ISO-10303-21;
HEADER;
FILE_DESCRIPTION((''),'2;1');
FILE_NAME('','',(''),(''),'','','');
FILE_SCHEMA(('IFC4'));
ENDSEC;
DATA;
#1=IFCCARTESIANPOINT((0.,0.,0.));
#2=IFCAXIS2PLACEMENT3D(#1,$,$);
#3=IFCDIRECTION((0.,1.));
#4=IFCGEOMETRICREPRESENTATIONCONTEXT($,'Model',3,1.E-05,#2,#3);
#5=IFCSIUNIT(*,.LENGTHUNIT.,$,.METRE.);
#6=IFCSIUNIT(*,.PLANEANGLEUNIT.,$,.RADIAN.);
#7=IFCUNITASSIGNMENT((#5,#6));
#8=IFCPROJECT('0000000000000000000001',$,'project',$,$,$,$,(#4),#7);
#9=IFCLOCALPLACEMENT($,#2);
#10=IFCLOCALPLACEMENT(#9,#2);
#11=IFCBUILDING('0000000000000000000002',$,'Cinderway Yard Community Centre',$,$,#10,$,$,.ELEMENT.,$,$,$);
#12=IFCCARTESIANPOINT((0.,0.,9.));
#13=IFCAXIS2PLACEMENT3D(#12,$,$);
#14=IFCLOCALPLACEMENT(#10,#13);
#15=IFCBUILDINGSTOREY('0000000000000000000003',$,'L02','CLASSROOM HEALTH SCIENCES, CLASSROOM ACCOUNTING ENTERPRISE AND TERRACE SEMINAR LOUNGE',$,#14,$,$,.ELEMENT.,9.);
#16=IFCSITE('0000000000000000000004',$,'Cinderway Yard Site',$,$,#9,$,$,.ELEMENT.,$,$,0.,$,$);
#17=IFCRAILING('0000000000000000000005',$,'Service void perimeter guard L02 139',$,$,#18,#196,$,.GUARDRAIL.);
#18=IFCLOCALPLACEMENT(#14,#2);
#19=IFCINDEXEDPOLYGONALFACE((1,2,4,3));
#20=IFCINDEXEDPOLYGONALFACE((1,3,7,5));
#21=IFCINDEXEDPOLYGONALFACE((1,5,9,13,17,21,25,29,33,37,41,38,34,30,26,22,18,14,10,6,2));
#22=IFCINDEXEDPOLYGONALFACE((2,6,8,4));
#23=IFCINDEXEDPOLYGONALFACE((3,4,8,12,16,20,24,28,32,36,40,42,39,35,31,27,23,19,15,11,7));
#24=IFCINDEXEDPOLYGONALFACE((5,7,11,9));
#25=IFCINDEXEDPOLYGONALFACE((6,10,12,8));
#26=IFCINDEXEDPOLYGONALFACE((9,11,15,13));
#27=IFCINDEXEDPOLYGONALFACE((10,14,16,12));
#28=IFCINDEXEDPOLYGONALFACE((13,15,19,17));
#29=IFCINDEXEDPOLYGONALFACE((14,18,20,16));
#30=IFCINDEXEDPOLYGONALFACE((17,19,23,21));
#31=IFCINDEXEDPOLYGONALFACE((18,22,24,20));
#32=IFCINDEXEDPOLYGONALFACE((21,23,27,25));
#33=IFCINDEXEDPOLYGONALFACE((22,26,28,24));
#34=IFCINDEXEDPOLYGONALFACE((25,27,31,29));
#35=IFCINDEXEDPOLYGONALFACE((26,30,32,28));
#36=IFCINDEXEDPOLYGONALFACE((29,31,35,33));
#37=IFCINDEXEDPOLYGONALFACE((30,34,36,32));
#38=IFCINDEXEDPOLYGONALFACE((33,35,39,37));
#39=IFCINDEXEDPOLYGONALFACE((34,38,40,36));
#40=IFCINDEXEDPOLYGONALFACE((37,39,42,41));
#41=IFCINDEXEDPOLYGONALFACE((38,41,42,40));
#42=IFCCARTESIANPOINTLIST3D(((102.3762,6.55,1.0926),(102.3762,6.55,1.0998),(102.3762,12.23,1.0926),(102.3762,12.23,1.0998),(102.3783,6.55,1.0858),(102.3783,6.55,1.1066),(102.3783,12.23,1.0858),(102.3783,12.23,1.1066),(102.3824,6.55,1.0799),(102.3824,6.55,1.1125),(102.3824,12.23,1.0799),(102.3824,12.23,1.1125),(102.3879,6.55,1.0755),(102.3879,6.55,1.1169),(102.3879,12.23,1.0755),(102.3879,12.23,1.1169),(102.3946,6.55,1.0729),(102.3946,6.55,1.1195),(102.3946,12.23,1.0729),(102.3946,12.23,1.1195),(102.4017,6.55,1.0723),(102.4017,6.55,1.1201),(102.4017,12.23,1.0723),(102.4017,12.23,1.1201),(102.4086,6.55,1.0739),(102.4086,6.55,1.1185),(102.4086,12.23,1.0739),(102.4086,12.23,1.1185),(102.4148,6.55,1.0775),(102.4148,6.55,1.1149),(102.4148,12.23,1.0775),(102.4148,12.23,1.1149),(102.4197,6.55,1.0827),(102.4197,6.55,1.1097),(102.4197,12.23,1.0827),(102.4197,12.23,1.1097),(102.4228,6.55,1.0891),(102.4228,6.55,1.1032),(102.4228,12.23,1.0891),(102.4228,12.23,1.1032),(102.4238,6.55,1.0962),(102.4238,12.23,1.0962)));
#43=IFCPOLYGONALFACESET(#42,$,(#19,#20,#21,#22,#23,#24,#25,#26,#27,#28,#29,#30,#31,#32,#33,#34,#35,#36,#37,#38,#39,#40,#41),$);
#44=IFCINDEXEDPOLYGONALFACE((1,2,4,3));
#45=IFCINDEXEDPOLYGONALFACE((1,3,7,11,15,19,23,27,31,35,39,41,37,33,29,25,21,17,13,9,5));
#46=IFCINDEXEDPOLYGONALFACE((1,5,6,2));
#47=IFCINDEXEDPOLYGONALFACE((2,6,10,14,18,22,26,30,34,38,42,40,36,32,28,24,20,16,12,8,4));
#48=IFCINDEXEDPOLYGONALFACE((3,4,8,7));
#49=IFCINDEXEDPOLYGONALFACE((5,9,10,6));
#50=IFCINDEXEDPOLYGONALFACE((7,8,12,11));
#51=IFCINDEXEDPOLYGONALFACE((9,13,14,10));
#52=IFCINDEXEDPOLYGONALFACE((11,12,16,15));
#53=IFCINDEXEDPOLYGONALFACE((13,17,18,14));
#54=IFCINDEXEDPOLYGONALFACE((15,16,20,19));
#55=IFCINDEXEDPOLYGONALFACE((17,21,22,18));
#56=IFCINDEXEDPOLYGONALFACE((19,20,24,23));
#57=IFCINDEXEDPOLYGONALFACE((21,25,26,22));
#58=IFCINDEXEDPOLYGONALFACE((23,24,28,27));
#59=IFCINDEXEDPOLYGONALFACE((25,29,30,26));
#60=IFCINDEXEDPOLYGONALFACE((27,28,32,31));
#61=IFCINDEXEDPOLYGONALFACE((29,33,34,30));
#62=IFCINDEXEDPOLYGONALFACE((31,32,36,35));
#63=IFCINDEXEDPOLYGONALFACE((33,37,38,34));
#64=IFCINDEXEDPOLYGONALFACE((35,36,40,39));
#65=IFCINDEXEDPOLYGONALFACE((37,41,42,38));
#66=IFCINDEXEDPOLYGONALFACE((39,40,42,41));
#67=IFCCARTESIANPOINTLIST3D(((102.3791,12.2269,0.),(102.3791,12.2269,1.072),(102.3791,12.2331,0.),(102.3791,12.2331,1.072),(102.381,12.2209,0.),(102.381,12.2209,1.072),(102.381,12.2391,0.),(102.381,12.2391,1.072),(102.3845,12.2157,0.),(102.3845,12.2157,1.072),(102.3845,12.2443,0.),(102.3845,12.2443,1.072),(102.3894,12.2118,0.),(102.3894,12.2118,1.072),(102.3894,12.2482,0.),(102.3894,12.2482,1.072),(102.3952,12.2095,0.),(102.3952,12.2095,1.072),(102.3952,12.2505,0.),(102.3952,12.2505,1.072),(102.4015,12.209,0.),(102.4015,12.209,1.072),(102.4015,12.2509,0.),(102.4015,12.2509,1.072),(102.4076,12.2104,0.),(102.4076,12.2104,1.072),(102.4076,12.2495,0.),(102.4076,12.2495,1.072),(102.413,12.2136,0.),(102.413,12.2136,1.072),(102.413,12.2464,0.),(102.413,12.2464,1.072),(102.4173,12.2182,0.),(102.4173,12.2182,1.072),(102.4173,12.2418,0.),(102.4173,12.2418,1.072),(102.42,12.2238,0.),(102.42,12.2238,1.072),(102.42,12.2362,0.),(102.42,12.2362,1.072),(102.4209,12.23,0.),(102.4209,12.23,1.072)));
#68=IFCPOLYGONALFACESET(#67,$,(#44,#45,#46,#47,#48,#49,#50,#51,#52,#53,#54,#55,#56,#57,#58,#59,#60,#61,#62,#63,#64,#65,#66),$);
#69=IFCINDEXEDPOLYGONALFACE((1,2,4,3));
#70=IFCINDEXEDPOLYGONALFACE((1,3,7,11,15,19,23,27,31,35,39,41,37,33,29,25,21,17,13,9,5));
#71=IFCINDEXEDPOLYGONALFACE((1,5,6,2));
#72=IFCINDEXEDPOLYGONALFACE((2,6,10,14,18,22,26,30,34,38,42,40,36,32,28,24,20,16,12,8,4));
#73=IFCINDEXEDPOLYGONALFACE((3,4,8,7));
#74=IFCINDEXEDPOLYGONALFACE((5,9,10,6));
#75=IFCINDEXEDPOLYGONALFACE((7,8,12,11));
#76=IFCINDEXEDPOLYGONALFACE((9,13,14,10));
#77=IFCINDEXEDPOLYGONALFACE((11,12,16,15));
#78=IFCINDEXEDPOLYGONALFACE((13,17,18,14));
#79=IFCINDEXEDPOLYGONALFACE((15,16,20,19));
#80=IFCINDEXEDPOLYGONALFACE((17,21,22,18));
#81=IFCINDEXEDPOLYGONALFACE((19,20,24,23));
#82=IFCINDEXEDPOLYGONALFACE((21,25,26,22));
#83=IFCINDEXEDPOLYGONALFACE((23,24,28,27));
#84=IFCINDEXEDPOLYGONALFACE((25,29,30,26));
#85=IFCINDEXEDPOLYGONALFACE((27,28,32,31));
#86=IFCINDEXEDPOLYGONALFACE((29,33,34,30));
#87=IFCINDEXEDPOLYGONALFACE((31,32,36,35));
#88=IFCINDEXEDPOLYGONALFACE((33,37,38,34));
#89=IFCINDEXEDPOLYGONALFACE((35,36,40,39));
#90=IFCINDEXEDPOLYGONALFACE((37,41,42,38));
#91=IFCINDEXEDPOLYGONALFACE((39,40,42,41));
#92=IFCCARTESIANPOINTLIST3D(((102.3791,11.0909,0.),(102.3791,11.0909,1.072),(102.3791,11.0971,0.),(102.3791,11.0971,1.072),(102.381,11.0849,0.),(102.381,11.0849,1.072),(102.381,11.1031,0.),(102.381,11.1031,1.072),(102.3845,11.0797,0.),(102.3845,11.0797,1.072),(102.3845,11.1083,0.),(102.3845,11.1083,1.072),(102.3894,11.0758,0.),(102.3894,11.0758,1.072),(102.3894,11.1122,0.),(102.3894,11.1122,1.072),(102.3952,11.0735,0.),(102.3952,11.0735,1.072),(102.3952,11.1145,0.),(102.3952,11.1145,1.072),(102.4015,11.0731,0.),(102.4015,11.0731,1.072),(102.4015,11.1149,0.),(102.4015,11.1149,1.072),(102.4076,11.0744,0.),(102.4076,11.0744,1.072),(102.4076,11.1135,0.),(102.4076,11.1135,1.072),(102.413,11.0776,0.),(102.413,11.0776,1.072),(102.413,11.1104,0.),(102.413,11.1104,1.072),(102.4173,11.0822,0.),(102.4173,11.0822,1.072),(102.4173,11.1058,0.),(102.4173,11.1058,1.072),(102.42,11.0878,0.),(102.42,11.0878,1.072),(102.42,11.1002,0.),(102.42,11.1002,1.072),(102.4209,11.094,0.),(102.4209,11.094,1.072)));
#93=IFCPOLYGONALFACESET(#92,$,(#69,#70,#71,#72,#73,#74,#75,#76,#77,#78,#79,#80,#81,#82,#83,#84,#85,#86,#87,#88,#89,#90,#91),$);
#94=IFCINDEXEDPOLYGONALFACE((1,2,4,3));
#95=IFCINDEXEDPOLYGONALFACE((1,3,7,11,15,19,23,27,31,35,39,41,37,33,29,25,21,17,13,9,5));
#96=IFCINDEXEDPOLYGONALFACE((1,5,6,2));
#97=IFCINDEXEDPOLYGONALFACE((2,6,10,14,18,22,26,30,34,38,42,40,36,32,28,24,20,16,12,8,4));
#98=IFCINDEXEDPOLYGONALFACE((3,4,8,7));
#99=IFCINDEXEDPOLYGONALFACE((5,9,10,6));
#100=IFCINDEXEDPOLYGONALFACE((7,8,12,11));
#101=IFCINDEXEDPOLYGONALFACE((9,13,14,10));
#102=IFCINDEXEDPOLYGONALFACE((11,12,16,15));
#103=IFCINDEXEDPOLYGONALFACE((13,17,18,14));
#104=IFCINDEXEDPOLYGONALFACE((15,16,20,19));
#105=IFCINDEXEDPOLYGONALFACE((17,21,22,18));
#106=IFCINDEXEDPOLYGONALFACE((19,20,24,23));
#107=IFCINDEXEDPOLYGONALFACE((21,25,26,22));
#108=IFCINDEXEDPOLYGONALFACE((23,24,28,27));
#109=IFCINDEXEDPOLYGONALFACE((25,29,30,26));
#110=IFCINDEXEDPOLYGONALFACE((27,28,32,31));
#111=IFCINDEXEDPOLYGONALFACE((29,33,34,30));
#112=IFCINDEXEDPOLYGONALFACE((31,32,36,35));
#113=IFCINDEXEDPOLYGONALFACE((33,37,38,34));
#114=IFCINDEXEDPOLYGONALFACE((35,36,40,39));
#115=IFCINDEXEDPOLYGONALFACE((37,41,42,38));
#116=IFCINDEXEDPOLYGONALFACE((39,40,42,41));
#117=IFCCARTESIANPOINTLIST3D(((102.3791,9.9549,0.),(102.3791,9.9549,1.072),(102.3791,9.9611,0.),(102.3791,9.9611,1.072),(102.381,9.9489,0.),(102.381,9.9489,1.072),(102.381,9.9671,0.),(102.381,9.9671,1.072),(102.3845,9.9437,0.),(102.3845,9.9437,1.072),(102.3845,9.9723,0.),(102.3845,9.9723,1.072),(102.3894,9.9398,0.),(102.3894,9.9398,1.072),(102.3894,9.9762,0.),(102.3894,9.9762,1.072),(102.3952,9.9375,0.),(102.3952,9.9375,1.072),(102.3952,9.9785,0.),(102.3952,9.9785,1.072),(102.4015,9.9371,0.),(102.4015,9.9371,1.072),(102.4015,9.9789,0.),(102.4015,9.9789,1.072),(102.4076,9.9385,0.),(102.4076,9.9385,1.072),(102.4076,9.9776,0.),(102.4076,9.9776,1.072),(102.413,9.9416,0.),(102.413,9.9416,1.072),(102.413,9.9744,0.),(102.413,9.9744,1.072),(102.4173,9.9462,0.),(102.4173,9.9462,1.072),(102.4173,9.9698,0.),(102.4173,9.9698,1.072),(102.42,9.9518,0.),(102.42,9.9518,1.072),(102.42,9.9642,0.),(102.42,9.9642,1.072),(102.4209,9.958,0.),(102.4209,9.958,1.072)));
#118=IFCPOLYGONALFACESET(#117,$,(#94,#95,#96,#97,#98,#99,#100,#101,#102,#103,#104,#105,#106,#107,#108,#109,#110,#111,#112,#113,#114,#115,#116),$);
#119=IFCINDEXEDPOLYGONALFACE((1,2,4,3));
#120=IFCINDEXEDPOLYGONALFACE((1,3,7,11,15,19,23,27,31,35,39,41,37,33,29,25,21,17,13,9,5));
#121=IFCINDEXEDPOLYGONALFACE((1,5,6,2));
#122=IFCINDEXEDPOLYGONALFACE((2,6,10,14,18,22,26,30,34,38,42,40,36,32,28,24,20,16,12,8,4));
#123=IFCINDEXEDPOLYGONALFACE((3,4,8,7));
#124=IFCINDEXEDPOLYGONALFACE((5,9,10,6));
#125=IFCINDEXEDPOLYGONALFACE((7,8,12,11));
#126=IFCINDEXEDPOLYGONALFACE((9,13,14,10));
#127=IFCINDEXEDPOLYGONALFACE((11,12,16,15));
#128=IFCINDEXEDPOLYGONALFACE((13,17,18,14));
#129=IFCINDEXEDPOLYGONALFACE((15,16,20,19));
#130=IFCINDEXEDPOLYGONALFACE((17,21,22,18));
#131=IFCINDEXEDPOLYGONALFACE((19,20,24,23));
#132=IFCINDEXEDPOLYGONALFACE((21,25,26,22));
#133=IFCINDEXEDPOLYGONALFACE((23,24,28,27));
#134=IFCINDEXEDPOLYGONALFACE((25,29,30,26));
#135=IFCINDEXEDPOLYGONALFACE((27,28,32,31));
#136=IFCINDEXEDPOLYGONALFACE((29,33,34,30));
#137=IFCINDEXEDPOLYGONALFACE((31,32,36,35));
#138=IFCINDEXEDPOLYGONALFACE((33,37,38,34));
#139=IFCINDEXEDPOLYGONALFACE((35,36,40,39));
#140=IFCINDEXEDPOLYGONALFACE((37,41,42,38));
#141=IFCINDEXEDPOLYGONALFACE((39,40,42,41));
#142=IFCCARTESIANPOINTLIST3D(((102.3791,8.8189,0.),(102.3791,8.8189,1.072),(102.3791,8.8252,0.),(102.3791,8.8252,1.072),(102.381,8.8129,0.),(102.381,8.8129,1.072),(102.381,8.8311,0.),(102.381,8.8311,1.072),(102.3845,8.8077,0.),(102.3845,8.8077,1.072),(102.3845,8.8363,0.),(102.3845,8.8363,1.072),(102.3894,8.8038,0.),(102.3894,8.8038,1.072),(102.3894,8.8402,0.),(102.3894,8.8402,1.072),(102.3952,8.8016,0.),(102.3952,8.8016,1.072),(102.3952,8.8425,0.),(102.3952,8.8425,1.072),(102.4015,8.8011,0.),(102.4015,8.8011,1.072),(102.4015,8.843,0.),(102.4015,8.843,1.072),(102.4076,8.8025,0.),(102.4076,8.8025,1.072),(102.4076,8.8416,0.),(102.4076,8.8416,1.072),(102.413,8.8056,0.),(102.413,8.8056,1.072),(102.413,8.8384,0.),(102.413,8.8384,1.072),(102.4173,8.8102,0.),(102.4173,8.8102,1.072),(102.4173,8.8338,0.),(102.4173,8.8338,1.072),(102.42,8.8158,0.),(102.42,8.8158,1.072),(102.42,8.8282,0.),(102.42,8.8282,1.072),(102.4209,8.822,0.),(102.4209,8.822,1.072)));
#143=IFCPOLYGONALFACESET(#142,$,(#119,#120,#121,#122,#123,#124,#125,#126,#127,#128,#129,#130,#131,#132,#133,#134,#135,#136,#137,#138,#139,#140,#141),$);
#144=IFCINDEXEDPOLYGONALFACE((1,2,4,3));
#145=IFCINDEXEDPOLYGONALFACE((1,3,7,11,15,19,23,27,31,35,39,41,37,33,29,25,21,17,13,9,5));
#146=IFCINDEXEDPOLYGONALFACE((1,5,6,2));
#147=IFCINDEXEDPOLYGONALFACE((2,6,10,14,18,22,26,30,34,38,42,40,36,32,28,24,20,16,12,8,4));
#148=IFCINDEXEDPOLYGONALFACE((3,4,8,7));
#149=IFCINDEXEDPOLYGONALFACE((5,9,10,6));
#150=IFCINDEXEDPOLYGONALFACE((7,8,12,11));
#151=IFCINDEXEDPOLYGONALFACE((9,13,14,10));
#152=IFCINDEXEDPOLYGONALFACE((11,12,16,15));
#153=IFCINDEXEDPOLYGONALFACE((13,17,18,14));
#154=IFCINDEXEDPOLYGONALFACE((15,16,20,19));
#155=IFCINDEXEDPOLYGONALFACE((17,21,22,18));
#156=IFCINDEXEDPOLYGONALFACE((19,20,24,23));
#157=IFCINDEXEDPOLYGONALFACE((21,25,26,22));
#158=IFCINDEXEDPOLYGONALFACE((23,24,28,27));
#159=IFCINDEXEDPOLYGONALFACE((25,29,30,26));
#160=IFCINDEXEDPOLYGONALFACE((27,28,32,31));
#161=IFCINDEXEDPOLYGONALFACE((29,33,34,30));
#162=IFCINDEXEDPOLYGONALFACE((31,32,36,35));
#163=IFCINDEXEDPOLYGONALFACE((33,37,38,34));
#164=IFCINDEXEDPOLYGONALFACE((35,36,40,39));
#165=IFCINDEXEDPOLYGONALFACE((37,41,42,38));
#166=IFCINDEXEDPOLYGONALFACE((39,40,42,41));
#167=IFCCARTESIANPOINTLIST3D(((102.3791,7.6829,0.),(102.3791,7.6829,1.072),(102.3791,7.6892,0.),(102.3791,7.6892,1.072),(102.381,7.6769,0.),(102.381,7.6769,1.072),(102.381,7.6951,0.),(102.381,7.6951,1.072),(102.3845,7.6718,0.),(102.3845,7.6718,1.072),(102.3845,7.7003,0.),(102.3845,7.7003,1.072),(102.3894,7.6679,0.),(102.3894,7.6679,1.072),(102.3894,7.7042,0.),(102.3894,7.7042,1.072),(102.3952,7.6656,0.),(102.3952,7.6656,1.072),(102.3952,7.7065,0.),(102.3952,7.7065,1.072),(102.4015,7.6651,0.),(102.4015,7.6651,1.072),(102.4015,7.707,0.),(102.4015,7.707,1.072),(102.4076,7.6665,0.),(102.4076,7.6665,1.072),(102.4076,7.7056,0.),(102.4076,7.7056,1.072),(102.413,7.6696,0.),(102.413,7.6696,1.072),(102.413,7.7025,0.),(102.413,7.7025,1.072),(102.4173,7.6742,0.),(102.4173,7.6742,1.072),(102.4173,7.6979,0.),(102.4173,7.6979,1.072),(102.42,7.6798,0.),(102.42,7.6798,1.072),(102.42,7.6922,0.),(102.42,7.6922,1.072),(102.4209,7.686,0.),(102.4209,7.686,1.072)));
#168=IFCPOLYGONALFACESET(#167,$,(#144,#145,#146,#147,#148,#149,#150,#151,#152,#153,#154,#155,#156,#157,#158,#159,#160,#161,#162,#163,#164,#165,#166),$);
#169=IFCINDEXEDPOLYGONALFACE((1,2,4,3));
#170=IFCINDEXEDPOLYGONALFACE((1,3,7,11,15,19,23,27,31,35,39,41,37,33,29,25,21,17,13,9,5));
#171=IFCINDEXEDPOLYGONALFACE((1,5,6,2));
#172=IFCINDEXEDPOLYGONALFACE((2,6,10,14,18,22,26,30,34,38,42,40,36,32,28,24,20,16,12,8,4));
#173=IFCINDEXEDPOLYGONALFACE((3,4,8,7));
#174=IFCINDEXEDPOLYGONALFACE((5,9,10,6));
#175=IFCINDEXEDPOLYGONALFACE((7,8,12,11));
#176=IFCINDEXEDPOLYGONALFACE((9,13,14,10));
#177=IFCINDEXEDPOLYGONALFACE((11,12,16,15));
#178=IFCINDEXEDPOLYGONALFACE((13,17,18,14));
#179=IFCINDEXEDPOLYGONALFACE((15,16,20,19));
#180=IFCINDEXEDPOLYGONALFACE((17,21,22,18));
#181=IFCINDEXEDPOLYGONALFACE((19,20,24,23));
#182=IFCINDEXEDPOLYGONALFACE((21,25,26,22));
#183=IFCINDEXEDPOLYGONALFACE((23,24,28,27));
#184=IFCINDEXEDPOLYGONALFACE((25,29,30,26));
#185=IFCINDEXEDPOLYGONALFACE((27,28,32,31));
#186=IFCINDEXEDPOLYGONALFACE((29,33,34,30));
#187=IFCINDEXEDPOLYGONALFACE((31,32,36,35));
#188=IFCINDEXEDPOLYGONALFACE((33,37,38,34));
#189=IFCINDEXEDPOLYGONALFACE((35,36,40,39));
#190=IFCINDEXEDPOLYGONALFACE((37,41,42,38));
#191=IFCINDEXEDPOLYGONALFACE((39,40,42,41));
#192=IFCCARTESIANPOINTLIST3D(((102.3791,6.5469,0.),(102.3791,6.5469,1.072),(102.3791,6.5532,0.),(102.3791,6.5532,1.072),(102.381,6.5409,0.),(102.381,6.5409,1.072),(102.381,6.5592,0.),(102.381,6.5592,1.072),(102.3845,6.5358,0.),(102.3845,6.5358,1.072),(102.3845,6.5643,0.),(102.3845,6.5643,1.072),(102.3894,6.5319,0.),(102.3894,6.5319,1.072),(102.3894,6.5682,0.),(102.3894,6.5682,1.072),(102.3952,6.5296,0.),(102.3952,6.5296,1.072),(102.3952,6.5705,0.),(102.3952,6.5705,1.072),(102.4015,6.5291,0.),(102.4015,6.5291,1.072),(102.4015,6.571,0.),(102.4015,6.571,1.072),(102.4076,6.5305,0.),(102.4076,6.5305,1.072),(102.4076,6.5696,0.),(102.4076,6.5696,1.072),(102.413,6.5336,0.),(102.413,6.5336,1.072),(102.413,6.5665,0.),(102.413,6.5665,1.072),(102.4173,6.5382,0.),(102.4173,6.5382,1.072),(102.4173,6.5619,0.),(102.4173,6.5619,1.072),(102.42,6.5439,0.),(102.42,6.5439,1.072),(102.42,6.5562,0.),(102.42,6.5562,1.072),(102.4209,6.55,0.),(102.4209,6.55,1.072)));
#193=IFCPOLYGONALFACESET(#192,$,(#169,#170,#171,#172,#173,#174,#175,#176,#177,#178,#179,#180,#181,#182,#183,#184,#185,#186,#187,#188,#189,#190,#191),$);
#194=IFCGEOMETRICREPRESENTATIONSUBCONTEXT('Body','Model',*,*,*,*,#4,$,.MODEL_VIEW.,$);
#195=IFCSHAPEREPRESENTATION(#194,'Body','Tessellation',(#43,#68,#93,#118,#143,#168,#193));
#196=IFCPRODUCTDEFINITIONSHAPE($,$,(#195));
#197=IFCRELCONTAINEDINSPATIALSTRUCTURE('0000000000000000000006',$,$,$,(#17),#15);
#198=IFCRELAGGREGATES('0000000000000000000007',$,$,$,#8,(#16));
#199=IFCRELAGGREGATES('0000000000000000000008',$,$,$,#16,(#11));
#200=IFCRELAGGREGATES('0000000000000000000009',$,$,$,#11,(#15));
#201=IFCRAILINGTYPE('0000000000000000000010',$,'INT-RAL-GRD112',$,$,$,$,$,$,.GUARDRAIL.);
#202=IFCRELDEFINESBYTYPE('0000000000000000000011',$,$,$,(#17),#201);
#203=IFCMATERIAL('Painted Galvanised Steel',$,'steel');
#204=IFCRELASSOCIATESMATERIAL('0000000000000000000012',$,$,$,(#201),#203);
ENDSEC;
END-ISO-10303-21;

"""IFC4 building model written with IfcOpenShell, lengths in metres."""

from ifc_helpers import new_model, si_unit, direction, frame, origin, origin_2d, place, context, subcontext, project, spatial, circle, extrude, material, type_object, element, save


model = new_model("IFC4")

# Units and contexts
model_context = context("Model", 3, precision=1e-05, world=origin(), true_north=direction((0.0, 1.0)))
body_context = subcontext(model_context, "Body", "Model", "MODEL_VIEW")
ifc_project = project(units=[si_unit("LENGTHUNIT", "METRE"), si_unit("PLANEANGLEUNIT", "RADIAN")], contexts=[model_context])

# Site, building, storey
site_placement = place(None, origin())
site = spatial("IfcSite", under=ifc_project, at=site_placement, Name="Cinderway Yard Site", CompositionType="ELEMENT", RefElevation=0.0)
building_placement = place(site_placement, origin())
building = spatial("IfcBuilding", under=site, at=building_placement, Name="Cinderway Yard Community Centre", CompositionType="ELEMENT")
storey_placement = place(building_placement, frame((0.0, 0.0, 9.0)))
storey = spatial("IfcBuildingStorey", under=building, at=storey_placement, Name="L02", Description="CLASSROOM HEALTH SCIENCES, CLASSROOM ACCOUNTING ENTERPRISE AND TERRACE SEMINAR LOUNGE", CompositionType="ELEMENT", Elevation=9.0)

# Shared definitions
ifc_material_1 = material(Name="Painted Galvanised Steel", Category="steel")

# Railing
railing_type = type_object("IfcRailingType", Name="INT-RAL-GRD112", PredefinedType="GUARDRAIL", material=ifc_material_1)
railing_1_placement = place(storey_placement, frame((102.3999, 12.23, 0.0)))
element("IfcRailing", 1, at=railing_1_placement, inside=storey, type_object=railing_type, Name="Service void perimeter guard L02 139", PredefinedType="GUARDRAIL", context=body_context, shape_type="SweptSolid", body=[
    extrude(circle(Radius=0.0239, at=origin_2d()), frame((0.0, 0.0, 1.0962), z_axis=(0.0, -1.0, 0.0), x_axis=(1.0, 0.0, 0.0)), (0.0, 0.0, 1.0), 5.6799),
    extrude(circle(Radius=0.021, at=origin_2d()), origin(), (0.0, 0.0, 1.0), 1.072),
    extrude(circle(Radius=0.021, at=origin_2d()), frame((0.0, -1.136, 0.0)), (0.0, 0.0, 1.0), 1.072),
    extrude(circle(Radius=0.021, at=origin_2d()), frame((0.0, -2.272, 0.0)), (0.0, 0.0, 1.0), 1.072),
    extrude(circle(Radius=0.021, at=origin_2d()), frame((0.0, -3.408, 0.0)), (0.0, 0.0, 1.0), 1.072),
    extrude(circle(Radius=0.021, at=origin_2d()), frame((0.0, -4.5439, 0.0)), (0.0, 0.0, 1.0), 1.072),
    extrude(circle(Radius=0.021, at=origin_2d()), frame((0.0, -5.6799, 0.0)), (0.0, 0.0, 1.0), 1.072),
])

save(model, "model.ifc")
